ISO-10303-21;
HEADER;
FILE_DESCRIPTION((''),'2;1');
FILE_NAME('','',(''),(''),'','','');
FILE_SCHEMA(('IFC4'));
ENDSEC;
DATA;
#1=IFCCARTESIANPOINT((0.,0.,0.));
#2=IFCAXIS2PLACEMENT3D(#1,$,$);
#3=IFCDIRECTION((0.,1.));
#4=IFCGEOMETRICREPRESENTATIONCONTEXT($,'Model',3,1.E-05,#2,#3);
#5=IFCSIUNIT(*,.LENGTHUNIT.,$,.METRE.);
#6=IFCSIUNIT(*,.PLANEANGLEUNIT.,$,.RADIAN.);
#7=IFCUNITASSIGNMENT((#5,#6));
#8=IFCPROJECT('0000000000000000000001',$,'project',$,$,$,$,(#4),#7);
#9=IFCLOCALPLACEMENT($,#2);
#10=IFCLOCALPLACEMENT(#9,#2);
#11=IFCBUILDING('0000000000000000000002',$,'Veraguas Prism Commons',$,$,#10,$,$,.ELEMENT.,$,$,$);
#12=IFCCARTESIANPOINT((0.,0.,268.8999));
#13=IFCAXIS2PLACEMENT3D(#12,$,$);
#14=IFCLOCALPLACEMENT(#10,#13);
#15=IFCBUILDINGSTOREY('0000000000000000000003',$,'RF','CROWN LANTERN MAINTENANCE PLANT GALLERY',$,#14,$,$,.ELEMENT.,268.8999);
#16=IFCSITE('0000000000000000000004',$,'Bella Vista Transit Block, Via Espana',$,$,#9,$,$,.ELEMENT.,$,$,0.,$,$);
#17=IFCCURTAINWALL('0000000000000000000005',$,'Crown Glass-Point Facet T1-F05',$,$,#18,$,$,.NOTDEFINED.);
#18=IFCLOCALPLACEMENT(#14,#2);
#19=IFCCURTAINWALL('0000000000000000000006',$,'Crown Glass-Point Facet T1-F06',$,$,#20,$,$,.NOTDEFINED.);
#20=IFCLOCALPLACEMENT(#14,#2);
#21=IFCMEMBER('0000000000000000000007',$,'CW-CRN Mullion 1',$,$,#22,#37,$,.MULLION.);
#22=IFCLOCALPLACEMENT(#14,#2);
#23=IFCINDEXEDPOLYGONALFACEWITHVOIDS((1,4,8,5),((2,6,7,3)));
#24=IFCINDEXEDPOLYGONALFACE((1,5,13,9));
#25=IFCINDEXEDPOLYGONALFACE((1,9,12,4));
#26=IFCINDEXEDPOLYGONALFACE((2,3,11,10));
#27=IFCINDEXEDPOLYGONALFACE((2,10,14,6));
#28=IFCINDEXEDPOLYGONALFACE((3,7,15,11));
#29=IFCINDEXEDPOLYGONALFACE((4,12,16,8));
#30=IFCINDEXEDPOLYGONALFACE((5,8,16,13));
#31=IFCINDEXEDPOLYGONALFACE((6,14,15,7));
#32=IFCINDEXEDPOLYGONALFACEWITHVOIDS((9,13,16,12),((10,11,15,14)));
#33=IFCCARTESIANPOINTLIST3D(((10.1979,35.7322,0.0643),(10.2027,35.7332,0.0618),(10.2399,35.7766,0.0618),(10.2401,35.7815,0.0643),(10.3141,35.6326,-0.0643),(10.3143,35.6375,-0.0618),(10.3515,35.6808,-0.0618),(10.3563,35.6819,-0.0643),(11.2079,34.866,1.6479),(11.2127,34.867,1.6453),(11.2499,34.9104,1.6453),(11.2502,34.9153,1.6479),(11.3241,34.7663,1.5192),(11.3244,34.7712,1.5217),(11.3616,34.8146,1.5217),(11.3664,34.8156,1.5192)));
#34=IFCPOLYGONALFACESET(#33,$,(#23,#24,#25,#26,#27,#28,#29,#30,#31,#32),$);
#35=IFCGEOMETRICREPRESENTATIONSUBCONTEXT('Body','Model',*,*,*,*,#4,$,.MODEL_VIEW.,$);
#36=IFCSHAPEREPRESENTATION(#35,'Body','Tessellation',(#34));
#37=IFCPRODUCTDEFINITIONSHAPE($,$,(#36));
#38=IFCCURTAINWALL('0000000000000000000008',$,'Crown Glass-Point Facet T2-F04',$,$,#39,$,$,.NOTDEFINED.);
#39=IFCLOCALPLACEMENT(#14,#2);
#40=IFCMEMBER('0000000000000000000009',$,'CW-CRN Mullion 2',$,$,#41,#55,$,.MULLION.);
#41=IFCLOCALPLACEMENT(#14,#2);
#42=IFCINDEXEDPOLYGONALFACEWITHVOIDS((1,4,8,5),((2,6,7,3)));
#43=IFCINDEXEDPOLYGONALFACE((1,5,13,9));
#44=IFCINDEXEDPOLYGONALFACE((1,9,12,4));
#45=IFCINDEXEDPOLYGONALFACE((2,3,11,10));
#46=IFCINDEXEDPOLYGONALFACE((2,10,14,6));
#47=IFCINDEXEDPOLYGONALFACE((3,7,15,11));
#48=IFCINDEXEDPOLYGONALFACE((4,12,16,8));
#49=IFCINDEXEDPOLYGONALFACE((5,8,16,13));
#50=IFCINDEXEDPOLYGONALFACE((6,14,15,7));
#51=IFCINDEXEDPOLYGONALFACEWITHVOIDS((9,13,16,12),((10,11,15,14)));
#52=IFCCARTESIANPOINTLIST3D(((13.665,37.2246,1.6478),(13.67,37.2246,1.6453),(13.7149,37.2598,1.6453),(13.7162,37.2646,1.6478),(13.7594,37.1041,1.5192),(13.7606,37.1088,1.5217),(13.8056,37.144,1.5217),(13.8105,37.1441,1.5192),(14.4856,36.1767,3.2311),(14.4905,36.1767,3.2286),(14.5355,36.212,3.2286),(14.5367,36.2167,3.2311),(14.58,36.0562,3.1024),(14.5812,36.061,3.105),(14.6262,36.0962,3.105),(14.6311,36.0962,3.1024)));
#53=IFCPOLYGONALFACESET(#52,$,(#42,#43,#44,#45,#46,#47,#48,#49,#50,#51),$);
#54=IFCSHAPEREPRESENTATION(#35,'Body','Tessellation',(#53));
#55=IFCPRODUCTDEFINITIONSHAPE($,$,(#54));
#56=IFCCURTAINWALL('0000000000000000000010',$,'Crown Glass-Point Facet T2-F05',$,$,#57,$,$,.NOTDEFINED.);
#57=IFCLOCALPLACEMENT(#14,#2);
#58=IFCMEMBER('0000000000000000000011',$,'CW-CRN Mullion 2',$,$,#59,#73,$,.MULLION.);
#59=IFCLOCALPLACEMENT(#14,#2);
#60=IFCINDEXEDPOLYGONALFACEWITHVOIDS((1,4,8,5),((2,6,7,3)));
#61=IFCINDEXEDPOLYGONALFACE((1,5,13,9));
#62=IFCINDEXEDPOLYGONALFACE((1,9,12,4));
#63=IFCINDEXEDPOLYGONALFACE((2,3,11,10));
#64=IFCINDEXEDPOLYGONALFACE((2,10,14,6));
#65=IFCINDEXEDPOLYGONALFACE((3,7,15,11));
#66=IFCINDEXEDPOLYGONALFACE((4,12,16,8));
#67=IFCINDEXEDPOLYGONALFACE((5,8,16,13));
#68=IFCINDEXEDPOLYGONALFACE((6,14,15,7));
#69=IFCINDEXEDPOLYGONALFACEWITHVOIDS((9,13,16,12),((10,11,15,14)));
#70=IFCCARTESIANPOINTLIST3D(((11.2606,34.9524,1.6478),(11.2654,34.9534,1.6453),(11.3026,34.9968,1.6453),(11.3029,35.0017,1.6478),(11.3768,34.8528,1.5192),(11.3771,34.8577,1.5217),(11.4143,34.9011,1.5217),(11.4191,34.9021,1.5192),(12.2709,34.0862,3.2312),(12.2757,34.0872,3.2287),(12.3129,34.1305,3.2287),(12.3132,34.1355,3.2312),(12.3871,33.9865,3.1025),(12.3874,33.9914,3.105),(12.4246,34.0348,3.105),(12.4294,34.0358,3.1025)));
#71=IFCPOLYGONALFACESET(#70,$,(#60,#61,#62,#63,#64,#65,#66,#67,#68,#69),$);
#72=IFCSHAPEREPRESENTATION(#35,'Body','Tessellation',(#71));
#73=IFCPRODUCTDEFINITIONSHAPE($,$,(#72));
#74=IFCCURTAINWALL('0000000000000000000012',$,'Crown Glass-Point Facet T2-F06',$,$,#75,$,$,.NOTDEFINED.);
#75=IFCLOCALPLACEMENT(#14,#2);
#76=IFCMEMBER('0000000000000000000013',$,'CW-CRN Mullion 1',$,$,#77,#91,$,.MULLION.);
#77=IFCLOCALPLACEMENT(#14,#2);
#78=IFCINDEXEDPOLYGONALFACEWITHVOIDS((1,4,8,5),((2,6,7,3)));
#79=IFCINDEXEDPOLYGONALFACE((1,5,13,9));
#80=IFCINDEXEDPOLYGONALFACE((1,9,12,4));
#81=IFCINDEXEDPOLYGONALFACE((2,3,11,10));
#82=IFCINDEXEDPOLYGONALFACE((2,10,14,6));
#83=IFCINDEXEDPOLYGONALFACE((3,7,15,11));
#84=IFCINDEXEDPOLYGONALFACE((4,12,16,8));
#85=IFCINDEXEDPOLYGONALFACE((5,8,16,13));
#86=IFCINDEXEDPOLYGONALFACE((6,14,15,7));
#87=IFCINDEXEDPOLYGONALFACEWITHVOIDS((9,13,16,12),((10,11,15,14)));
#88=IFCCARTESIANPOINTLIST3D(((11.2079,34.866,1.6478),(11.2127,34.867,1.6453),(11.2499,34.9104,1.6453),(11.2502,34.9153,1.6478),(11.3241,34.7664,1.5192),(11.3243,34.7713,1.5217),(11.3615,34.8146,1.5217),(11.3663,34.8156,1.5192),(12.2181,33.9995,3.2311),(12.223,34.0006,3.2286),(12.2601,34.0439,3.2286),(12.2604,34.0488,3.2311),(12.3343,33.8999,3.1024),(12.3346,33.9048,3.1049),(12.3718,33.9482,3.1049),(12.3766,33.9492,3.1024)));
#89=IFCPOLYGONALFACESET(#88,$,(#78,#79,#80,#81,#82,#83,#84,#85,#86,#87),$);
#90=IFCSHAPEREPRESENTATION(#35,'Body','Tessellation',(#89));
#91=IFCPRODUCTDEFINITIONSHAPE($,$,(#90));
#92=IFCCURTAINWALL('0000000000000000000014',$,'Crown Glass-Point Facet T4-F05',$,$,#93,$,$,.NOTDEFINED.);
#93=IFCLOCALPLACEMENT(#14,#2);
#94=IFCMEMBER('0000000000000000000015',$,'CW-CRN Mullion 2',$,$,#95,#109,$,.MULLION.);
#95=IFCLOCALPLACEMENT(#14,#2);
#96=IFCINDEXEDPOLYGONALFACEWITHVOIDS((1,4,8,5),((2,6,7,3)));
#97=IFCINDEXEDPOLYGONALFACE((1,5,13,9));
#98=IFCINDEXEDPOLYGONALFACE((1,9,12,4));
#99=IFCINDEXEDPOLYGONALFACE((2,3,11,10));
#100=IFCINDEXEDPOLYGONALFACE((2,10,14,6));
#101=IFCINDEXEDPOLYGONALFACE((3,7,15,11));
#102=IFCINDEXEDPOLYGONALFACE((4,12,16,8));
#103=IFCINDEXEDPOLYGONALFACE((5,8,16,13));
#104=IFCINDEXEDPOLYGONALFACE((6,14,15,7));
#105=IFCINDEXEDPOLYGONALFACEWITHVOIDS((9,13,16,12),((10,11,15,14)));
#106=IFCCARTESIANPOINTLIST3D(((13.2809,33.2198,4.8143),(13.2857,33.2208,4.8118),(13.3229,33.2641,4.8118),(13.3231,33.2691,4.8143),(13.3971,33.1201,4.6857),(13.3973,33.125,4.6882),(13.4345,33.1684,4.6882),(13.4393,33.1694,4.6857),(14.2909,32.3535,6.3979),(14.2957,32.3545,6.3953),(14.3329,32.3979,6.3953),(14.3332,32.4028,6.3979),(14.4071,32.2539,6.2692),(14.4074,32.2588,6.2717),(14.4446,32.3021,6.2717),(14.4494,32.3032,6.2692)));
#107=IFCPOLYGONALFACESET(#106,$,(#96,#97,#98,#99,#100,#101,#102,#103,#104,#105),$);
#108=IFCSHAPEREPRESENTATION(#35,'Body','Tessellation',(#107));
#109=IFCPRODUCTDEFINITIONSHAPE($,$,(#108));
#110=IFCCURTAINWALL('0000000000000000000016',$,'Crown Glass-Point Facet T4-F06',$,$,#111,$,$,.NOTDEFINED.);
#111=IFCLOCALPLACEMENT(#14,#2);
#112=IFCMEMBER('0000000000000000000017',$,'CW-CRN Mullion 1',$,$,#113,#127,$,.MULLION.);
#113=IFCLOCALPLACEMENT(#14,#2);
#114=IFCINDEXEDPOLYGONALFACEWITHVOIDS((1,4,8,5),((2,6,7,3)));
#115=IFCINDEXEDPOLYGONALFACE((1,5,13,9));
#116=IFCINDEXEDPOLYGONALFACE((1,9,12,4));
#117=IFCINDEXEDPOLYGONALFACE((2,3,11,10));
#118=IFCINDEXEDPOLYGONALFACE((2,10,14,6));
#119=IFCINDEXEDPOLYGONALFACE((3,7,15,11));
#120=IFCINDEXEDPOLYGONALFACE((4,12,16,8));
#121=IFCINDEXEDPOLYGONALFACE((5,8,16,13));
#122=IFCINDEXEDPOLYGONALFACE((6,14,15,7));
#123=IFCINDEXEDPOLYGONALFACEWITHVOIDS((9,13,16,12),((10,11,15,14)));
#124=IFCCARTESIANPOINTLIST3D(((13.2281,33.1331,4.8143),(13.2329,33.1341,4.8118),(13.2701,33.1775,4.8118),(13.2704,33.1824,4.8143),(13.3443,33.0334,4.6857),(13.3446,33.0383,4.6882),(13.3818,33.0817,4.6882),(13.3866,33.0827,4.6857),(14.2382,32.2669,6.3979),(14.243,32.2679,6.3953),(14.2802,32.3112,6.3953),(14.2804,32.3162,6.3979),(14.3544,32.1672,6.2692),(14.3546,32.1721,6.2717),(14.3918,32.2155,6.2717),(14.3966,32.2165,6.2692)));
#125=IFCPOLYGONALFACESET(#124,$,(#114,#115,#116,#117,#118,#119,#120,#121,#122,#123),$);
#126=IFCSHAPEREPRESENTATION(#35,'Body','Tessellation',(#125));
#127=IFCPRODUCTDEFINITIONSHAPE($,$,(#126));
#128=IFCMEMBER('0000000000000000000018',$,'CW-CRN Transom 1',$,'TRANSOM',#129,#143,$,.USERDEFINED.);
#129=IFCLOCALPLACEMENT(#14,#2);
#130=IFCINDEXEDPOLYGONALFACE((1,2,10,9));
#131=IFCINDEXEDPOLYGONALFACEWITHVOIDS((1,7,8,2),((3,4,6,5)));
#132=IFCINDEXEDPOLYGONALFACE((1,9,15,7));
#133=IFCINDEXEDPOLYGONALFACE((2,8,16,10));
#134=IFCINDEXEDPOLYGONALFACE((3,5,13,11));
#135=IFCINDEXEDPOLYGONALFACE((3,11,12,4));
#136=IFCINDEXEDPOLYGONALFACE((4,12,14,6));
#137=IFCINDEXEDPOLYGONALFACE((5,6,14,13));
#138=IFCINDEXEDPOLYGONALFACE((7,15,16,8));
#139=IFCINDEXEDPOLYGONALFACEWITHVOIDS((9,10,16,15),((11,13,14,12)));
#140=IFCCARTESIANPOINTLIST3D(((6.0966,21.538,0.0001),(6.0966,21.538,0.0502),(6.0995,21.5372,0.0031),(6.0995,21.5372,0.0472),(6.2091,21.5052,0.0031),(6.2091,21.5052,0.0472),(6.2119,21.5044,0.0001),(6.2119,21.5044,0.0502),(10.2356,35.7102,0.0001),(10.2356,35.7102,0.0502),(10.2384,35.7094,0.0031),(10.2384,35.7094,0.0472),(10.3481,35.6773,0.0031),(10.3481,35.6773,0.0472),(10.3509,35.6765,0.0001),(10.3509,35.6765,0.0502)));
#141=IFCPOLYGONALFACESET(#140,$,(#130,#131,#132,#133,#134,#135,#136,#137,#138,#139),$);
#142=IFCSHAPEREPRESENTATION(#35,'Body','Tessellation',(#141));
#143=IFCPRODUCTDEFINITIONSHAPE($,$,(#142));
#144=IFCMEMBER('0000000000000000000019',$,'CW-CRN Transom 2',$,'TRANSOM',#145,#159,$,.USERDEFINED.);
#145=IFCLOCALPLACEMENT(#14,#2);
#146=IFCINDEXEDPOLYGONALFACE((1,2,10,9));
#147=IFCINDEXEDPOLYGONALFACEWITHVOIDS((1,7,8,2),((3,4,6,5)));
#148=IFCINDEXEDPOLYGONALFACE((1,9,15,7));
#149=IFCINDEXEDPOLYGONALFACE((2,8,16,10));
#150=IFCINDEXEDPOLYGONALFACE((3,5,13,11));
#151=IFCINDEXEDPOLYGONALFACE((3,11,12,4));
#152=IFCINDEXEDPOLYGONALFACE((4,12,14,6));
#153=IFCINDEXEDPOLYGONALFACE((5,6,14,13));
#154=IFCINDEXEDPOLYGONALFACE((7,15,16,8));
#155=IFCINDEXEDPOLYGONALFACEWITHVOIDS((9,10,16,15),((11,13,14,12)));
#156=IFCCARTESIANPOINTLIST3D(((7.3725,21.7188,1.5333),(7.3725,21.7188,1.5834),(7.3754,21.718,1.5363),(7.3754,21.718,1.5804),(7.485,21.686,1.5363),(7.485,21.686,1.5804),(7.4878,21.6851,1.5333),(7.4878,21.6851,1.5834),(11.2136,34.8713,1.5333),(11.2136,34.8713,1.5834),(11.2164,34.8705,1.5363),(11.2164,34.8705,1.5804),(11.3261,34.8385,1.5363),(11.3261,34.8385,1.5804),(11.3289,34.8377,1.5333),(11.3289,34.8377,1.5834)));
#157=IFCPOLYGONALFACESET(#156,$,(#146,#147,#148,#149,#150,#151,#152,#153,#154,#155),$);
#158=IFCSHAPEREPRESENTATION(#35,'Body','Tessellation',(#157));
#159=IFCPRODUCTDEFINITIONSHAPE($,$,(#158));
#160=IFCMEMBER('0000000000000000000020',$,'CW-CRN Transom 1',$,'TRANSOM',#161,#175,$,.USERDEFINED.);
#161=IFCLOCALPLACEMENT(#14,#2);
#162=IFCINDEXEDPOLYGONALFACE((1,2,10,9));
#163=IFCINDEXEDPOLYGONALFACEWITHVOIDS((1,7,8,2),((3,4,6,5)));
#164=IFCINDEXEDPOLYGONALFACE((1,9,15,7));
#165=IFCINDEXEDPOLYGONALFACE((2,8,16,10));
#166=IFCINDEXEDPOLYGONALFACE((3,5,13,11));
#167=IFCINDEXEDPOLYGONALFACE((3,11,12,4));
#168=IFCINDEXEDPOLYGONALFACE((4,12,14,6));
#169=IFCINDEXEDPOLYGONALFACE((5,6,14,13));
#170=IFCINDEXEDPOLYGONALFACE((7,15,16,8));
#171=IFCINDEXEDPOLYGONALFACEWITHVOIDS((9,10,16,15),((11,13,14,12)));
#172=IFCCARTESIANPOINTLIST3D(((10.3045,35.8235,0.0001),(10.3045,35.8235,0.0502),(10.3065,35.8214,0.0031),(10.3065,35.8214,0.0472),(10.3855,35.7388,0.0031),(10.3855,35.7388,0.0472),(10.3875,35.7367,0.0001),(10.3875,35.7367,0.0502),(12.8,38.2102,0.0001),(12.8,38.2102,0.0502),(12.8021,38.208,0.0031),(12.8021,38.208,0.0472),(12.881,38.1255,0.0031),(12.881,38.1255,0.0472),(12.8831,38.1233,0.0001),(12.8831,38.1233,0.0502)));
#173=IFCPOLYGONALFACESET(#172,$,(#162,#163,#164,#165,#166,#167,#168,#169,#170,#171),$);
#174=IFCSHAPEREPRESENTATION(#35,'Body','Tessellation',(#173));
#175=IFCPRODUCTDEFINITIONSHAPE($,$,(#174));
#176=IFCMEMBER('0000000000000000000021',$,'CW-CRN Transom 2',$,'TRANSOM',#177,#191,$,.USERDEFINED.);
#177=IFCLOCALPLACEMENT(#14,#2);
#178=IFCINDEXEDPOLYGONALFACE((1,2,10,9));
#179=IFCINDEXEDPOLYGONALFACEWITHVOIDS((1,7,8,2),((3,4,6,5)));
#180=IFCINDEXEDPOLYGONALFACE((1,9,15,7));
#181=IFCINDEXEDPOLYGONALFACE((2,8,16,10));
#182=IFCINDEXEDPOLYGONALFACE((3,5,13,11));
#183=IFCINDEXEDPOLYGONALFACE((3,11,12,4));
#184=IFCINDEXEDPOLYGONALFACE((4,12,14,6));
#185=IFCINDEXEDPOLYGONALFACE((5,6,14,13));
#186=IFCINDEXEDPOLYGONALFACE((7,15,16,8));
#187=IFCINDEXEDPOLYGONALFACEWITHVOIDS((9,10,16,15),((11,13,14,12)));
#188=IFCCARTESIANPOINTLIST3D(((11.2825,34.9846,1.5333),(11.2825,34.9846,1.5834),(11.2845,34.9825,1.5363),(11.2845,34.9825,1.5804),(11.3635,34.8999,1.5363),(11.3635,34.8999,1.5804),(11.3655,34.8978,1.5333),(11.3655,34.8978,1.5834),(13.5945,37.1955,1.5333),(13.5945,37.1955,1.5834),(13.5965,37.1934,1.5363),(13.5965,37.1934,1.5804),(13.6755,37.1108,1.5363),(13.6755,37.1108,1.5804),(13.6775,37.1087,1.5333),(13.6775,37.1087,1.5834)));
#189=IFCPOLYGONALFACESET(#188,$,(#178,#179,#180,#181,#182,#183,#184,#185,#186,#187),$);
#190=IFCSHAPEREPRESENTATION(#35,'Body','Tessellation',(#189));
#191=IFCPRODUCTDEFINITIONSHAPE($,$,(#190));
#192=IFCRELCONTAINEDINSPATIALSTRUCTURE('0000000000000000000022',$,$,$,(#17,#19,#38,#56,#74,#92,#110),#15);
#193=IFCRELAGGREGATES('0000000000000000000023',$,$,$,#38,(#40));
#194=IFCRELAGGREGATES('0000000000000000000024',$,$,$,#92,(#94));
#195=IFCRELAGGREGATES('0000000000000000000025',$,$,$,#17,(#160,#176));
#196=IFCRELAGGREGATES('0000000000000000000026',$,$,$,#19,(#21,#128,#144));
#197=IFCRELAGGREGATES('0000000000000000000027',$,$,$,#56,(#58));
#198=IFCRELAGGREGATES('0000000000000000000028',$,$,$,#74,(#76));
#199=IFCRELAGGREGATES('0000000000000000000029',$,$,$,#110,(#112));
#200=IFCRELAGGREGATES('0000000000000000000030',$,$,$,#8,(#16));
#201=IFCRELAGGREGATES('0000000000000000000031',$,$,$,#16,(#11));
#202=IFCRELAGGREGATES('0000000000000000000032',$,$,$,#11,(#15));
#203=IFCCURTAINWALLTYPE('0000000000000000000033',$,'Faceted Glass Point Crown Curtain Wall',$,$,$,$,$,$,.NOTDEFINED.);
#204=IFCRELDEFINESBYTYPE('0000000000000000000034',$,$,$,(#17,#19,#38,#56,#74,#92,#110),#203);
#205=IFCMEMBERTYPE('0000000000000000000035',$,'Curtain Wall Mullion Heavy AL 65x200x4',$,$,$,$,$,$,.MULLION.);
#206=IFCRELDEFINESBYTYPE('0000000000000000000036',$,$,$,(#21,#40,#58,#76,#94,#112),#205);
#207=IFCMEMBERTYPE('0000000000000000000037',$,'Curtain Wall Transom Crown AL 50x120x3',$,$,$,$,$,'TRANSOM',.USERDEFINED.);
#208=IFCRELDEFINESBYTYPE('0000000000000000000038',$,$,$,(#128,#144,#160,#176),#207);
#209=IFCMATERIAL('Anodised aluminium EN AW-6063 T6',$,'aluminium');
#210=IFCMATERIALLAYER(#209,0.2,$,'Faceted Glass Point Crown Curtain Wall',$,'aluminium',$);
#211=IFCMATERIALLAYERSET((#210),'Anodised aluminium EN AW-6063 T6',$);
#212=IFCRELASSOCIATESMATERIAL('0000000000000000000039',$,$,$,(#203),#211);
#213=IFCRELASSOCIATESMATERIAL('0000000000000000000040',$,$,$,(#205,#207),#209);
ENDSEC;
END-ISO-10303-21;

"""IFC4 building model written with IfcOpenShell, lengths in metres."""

from ifc_helpers import new_model, si_unit, direction, frame, origin, origin_2d, place, context, subcontext, project, spatial, hollow_rectangle, extrude, source, transform, mapped, material, layer, layer_set, material_profile, profile_set, type_object, element, aggregate, save


model = new_model("IFC4")

# Units and contexts
model_context = context("Model", 3, precision=1e-05, world=origin(), true_north=direction((0.0, 1.0)))
body_context = subcontext(model_context, "Body", "Model", "MODEL_VIEW")
ifc_project = project(units=[si_unit("LENGTHUNIT", "METRE"), si_unit("PLANEANGLEUNIT", "RADIAN")], contexts=[model_context])

# Site, building, storey
site_placement = place(None, origin())
site = spatial("IfcSite", under=ifc_project, at=site_placement, Name="Bella Vista Transit Block, Via Espana", CompositionType="ELEMENT", RefElevation=0.0)
building_placement = place(site_placement, origin())
building = spatial("IfcBuilding", under=site, at=building_placement, Name="Veraguas Prism Commons", CompositionType="ELEMENT")
storey_placement = place(building_placement, frame((0.0, 0.0, 268.8999)))
storey = spatial("IfcBuildingStorey", under=building, at=storey_placement, Name="RF", Description="CROWN LANTERN MAINTENANCE PLANT GALLERY", CompositionType="ELEMENT", Elevation=268.8999)

# Shared definitions
ifc_material_1 = material(Name="Anodised aluminium EN AW-6063 T6", Category="aluminium")
ifc_layer_1 = layer(ifc_material_1, 0.2, Name="Faceted Glass Point Crown Curtain Wall", Category="aluminium")
ifc_layer_set_1 = layer_set([ifc_layer_1], Name="Anodised aluminium EN AW-6063 T6")
curtain_wall_type = type_object("IfcCurtainWallType", Name="Faceted Glass Point Crown Curtain Wall", PredefinedType="NOTDEFINED", material=ifc_layer_set_1)
ifc_material_profile_1 = material_profile(ifc_material_1, hollow_rectangle(XDim=0.0649, YDim=0.2, WallThickness=0.0039, at=origin_2d()), Name="AL65X200X4")
ifc_profile_set_1 = profile_set([ifc_material_profile_1], Name="Anodised aluminium EN AW-6063 T6")
member_type_1 = type_object("IfcMemberType", Name="Curtain Wall Mullion Heavy AL 65x200x4", PredefinedType="MULLION", material=ifc_profile_set_1)
shared_shape_1 = source(origin(), body_context, "Body", "SweptSolid", [
    extrude(hollow_rectangle(XDim=0.0649, YDim=0.2, WallThickness=0.0039, at=origin_2d()), origin(), (0.0, 0.0, 1.0), 2.0684),
])

# Curtain wall
curtain_wall_1_placement = place(storey_placement, origin())
curtain_wall_1 = element("IfcCurtainWall", 1, at=curtain_wall_1_placement, inside=storey, type_object=curtain_wall_type, Name="Crown Glass-Point Facet T1-F05", PredefinedType="NOTDEFINED")

# Curtain walls, members
curtain_wall_2_placement = place(storey_placement, origin())
curtain_wall_2 = element("IfcCurtainWall", 2, at=curtain_wall_2_placement, inside=storey, type_object=curtain_wall_type, Name="Crown Glass-Point Facet T1-F06", PredefinedType="NOTDEFINED")
member_1_placement = place(storey_placement, frame((10.2771, 35.707, 0.0), z_axis=(0.488326, -0.418802, 0.765599), x_axis=(0.651003, 0.759075, 0.0)))
member_1 = element("IfcMember", 3, at=member_1_placement, type_object=member_type_1, Name="CW-CRN Mullion 1", PredefinedType="MULLION", context=body_context, shape_type="MappedRepresentation", body=[
    mapped(shared_shape_1, transform((0.0, 0.0, 0.0), scale=1.0)),
])
curtain_wall_3_placement = place(storey_placement, origin())
curtain_wall_3 = element("IfcCurtainWall", 4, at=curtain_wall_3_placement, inside=storey, type_object=curtain_wall_type, Name="Crown Glass-Point Facet T2-F04", PredefinedType="NOTDEFINED")
member_2_placement = place(storey_placement, frame((13.7378, 37.1843, 1.5835), z_axis=(0.396724, -0.506617, 0.765473), x_axis=(0.787323, 0.616541, 0.0)))
member_2 = element("IfcMember", 5, at=member_2_placement, type_object=member_type_1, Name="CW-CRN Mullion 2", PredefinedType="MULLION", context=body_context, shape_type="MappedRepresentation", body=[
    mapped(shared_shape_1, transform((0.0, 0.0, 0.0), scale=1.0)),
])
aggregate(curtain_wall_3, [member_2])
curtain_wall_4_placement = place(storey_placement, origin())
curtain_wall_4 = element("IfcCurtainWall", 6, at=curtain_wall_4_placement, inside=storey, type_object=curtain_wall_type, Name="Crown Glass-Point Facet T2-F05", PredefinedType="NOTDEFINED")
member_3_placement = place(storey_placement, frame((11.3398, 34.9272, 1.5835), z_axis=(0.48846, -0.418815, 0.765506), x_axis=(0.650912, 0.759153, 0.0)))
member_3 = element("IfcMember", 7, at=member_3_placement, type_object=member_type_1, Name="CW-CRN Mullion 2", PredefinedType="MULLION", context=body_context, shape_type="MappedRepresentation", body=[
    mapped(shared_shape_1, transform((0.0, 0.0, 0.0), scale=1.0)),
])
curtain_wall_5_placement = place(storey_placement, origin())
curtain_wall_5 = element("IfcCurtainWall", 8, at=curtain_wall_5_placement, inside=storey, type_object=curtain_wall_type, Name="Crown Glass-Point Facet T2-F06", PredefinedType="NOTDEFINED")
member_4_placement = place(storey_placement, frame((11.2871, 34.8408, 1.5835), z_axis=(0.488436, -0.418913, 0.765469), x_axis=(0.651018, 0.759062, 0.0)))
member_4 = element("IfcMember", 9, at=member_4_placement, type_object=member_type_1, Name="CW-CRN Mullion 1", PredefinedType="MULLION", context=body_context, shape_type="MappedRepresentation", body=[
    mapped(shared_shape_1, transform((0.0, 0.0, 0.0), scale=1.0)),
])
curtain_wall_6_placement = place(storey_placement, origin())
curtain_wall_6 = element("IfcCurtainWall", 10, at=curtain_wall_6_placement, inside=storey, type_object=curtain_wall_type, Name="Crown Glass-Point Facet T4-F05", PredefinedType="NOTDEFINED")
member_5_placement = place(storey_placement, frame((13.3601, 33.1946, 4.75), z_axis=(0.488326, -0.418802, 0.765599), x_axis=(0.651003, 0.759075, 0.0)))
member_5 = element("IfcMember", 11, at=member_5_placement, type_object=member_type_1, Name="CW-CRN Mullion 2", PredefinedType="MULLION", context=body_context, shape_type="MappedRepresentation", body=[
    mapped(shared_shape_1, transform((0.0, 0.0, 0.0), scale=1.0)),
])
aggregate(curtain_wall_6, [member_5])
curtain_wall_7_placement = place(storey_placement, origin())
curtain_wall_7 = element("IfcCurtainWall", 12, at=curtain_wall_7_placement, inside=storey, type_object=curtain_wall_type, Name="Crown Glass-Point Facet T4-F06", PredefinedType="NOTDEFINED")
member_6_placement = place(storey_placement, frame((13.3074, 33.1079, 4.75), z_axis=(0.488326, -0.418802, 0.765599), x_axis=(0.651003, 0.759075, 0.0)))
member_6 = element("IfcMember", 13, at=member_6_placement, type_object=member_type_1, Name="CW-CRN Mullion 1", PredefinedType="MULLION", context=body_context, shape_type="MappedRepresentation", body=[
    mapped(shared_shape_1, transform((0.0, 0.0, 0.0), scale=1.0)),
])

# Members
ifc_material_profile_2 = material_profile(ifc_material_1, hollow_rectangle(XDim=0.05, YDim=0.1201, WallThickness=0.0029, at=origin_2d()), Name="AL50X120X3")
ifc_profile_set_2 = profile_set([ifc_material_profile_2], Name="Anodised aluminium EN AW-6063 T6")
member_type_2 = type_object("IfcMemberType", Name="Curtain Wall Transom Crown AL 50x120x3", ElementType="TRANSOM", PredefinedType="USERDEFINED", material=ifc_profile_set_2)
shared_shape_2 = source(origin(), body_context, "Body", "SweptSolid", [
    extrude(hollow_rectangle(XDim=0.05, YDim=0.1201, WallThickness=0.0029, at=origin_2d()), origin(), (0.0, 0.0, 1.0), 14.7642),
])
member_7_placement = place(storey_placement, frame((10.2932, 35.6934, 0.0251), z_axis=(-0.280336, -0.959902, 0.0), x_axis=(0.0, 0.0, 1.0)))
member_7 = element("IfcMember", 14, at=member_7_placement, type_object=member_type_2, Name="CW-CRN Transom 1", ObjectType="TRANSOM", PredefinedType="USERDEFINED", context=body_context, shape_type="MappedRepresentation", body=[
    mapped(shared_shape_2, transform((0.0, 0.0, 0.0), scale=1.0)),
])
shared_shape_3 = source(origin(), body_context, "Body", "SweptSolid", [
    extrude(hollow_rectangle(XDim=0.05, YDim=0.1201, WallThickness=0.0029, at=origin_2d()), origin(), (0.0, 0.0, 1.0), 13.7019),
])
member_8_placement = place(storey_placement, frame((11.2712, 34.8545, 1.5583), z_axis=(-0.280329, -0.959904, 0.0), x_axis=(0.0, 0.0, 1.0)))
member_8 = element("IfcMember", 15, at=member_8_placement, type_object=member_type_2, Name="CW-CRN Transom 2", ObjectType="TRANSOM", PredefinedType="USERDEFINED", context=body_context, shape_type="MappedRepresentation", body=[
    mapped(shared_shape_3, transform((0.0, 0.0, 0.0), scale=1.0)),
])
shared_shape_4 = source(origin(), body_context, "Body", "SweptSolid", [
    extrude(hollow_rectangle(XDim=0.05, YDim=0.1201, WallThickness=0.0029, at=origin_2d()), origin(), (0.0, 0.0, 1.0), 3.4531),
])
member_9_placement = place(storey_placement, frame((12.8416, 38.1667, 0.0251), z_axis=(-0.722697, -0.691165, 0.0), x_axis=(0.0, 0.0, 1.0)))
member_9 = element("IfcMember", 16, at=member_9_placement, type_object=member_type_2, Name="CW-CRN Transom 1", ObjectType="TRANSOM", PredefinedType="USERDEFINED", context=body_context, shape_type="MappedRepresentation", body=[
    mapped(shared_shape_4, transform((0.0, 0.0, 0.0), scale=1.0)),
])
shared_shape_5 = source(origin(), body_context, "Body", "SweptSolid", [
    extrude(hollow_rectangle(XDim=0.05, YDim=0.1201, WallThickness=0.0029, at=origin_2d()), origin(), (0.0, 0.0, 1.0), 3.199),
])
member_10_placement = place(storey_placement, frame((13.636, 37.1521, 1.5583), z_axis=(-0.722728, -0.691133, 0.0), x_axis=(0.0, 0.0, 1.0)))
member_10 = element("IfcMember", 17, at=member_10_placement, type_object=member_type_2, Name="CW-CRN Transom 2", ObjectType="TRANSOM", PredefinedType="USERDEFINED", context=body_context, shape_type="MappedRepresentation", body=[
    mapped(shared_shape_5, transform((0.0, 0.0, 0.0), scale=1.0)),
])

aggregate(curtain_wall_1, [member_9, member_10])
aggregate(curtain_wall_2, [member_1, member_7, member_8])
aggregate(curtain_wall_4, [member_3])
aggregate(curtain_wall_5, [member_4])
aggregate(curtain_wall_7, [member_6])

save(model, "model.ifc")
